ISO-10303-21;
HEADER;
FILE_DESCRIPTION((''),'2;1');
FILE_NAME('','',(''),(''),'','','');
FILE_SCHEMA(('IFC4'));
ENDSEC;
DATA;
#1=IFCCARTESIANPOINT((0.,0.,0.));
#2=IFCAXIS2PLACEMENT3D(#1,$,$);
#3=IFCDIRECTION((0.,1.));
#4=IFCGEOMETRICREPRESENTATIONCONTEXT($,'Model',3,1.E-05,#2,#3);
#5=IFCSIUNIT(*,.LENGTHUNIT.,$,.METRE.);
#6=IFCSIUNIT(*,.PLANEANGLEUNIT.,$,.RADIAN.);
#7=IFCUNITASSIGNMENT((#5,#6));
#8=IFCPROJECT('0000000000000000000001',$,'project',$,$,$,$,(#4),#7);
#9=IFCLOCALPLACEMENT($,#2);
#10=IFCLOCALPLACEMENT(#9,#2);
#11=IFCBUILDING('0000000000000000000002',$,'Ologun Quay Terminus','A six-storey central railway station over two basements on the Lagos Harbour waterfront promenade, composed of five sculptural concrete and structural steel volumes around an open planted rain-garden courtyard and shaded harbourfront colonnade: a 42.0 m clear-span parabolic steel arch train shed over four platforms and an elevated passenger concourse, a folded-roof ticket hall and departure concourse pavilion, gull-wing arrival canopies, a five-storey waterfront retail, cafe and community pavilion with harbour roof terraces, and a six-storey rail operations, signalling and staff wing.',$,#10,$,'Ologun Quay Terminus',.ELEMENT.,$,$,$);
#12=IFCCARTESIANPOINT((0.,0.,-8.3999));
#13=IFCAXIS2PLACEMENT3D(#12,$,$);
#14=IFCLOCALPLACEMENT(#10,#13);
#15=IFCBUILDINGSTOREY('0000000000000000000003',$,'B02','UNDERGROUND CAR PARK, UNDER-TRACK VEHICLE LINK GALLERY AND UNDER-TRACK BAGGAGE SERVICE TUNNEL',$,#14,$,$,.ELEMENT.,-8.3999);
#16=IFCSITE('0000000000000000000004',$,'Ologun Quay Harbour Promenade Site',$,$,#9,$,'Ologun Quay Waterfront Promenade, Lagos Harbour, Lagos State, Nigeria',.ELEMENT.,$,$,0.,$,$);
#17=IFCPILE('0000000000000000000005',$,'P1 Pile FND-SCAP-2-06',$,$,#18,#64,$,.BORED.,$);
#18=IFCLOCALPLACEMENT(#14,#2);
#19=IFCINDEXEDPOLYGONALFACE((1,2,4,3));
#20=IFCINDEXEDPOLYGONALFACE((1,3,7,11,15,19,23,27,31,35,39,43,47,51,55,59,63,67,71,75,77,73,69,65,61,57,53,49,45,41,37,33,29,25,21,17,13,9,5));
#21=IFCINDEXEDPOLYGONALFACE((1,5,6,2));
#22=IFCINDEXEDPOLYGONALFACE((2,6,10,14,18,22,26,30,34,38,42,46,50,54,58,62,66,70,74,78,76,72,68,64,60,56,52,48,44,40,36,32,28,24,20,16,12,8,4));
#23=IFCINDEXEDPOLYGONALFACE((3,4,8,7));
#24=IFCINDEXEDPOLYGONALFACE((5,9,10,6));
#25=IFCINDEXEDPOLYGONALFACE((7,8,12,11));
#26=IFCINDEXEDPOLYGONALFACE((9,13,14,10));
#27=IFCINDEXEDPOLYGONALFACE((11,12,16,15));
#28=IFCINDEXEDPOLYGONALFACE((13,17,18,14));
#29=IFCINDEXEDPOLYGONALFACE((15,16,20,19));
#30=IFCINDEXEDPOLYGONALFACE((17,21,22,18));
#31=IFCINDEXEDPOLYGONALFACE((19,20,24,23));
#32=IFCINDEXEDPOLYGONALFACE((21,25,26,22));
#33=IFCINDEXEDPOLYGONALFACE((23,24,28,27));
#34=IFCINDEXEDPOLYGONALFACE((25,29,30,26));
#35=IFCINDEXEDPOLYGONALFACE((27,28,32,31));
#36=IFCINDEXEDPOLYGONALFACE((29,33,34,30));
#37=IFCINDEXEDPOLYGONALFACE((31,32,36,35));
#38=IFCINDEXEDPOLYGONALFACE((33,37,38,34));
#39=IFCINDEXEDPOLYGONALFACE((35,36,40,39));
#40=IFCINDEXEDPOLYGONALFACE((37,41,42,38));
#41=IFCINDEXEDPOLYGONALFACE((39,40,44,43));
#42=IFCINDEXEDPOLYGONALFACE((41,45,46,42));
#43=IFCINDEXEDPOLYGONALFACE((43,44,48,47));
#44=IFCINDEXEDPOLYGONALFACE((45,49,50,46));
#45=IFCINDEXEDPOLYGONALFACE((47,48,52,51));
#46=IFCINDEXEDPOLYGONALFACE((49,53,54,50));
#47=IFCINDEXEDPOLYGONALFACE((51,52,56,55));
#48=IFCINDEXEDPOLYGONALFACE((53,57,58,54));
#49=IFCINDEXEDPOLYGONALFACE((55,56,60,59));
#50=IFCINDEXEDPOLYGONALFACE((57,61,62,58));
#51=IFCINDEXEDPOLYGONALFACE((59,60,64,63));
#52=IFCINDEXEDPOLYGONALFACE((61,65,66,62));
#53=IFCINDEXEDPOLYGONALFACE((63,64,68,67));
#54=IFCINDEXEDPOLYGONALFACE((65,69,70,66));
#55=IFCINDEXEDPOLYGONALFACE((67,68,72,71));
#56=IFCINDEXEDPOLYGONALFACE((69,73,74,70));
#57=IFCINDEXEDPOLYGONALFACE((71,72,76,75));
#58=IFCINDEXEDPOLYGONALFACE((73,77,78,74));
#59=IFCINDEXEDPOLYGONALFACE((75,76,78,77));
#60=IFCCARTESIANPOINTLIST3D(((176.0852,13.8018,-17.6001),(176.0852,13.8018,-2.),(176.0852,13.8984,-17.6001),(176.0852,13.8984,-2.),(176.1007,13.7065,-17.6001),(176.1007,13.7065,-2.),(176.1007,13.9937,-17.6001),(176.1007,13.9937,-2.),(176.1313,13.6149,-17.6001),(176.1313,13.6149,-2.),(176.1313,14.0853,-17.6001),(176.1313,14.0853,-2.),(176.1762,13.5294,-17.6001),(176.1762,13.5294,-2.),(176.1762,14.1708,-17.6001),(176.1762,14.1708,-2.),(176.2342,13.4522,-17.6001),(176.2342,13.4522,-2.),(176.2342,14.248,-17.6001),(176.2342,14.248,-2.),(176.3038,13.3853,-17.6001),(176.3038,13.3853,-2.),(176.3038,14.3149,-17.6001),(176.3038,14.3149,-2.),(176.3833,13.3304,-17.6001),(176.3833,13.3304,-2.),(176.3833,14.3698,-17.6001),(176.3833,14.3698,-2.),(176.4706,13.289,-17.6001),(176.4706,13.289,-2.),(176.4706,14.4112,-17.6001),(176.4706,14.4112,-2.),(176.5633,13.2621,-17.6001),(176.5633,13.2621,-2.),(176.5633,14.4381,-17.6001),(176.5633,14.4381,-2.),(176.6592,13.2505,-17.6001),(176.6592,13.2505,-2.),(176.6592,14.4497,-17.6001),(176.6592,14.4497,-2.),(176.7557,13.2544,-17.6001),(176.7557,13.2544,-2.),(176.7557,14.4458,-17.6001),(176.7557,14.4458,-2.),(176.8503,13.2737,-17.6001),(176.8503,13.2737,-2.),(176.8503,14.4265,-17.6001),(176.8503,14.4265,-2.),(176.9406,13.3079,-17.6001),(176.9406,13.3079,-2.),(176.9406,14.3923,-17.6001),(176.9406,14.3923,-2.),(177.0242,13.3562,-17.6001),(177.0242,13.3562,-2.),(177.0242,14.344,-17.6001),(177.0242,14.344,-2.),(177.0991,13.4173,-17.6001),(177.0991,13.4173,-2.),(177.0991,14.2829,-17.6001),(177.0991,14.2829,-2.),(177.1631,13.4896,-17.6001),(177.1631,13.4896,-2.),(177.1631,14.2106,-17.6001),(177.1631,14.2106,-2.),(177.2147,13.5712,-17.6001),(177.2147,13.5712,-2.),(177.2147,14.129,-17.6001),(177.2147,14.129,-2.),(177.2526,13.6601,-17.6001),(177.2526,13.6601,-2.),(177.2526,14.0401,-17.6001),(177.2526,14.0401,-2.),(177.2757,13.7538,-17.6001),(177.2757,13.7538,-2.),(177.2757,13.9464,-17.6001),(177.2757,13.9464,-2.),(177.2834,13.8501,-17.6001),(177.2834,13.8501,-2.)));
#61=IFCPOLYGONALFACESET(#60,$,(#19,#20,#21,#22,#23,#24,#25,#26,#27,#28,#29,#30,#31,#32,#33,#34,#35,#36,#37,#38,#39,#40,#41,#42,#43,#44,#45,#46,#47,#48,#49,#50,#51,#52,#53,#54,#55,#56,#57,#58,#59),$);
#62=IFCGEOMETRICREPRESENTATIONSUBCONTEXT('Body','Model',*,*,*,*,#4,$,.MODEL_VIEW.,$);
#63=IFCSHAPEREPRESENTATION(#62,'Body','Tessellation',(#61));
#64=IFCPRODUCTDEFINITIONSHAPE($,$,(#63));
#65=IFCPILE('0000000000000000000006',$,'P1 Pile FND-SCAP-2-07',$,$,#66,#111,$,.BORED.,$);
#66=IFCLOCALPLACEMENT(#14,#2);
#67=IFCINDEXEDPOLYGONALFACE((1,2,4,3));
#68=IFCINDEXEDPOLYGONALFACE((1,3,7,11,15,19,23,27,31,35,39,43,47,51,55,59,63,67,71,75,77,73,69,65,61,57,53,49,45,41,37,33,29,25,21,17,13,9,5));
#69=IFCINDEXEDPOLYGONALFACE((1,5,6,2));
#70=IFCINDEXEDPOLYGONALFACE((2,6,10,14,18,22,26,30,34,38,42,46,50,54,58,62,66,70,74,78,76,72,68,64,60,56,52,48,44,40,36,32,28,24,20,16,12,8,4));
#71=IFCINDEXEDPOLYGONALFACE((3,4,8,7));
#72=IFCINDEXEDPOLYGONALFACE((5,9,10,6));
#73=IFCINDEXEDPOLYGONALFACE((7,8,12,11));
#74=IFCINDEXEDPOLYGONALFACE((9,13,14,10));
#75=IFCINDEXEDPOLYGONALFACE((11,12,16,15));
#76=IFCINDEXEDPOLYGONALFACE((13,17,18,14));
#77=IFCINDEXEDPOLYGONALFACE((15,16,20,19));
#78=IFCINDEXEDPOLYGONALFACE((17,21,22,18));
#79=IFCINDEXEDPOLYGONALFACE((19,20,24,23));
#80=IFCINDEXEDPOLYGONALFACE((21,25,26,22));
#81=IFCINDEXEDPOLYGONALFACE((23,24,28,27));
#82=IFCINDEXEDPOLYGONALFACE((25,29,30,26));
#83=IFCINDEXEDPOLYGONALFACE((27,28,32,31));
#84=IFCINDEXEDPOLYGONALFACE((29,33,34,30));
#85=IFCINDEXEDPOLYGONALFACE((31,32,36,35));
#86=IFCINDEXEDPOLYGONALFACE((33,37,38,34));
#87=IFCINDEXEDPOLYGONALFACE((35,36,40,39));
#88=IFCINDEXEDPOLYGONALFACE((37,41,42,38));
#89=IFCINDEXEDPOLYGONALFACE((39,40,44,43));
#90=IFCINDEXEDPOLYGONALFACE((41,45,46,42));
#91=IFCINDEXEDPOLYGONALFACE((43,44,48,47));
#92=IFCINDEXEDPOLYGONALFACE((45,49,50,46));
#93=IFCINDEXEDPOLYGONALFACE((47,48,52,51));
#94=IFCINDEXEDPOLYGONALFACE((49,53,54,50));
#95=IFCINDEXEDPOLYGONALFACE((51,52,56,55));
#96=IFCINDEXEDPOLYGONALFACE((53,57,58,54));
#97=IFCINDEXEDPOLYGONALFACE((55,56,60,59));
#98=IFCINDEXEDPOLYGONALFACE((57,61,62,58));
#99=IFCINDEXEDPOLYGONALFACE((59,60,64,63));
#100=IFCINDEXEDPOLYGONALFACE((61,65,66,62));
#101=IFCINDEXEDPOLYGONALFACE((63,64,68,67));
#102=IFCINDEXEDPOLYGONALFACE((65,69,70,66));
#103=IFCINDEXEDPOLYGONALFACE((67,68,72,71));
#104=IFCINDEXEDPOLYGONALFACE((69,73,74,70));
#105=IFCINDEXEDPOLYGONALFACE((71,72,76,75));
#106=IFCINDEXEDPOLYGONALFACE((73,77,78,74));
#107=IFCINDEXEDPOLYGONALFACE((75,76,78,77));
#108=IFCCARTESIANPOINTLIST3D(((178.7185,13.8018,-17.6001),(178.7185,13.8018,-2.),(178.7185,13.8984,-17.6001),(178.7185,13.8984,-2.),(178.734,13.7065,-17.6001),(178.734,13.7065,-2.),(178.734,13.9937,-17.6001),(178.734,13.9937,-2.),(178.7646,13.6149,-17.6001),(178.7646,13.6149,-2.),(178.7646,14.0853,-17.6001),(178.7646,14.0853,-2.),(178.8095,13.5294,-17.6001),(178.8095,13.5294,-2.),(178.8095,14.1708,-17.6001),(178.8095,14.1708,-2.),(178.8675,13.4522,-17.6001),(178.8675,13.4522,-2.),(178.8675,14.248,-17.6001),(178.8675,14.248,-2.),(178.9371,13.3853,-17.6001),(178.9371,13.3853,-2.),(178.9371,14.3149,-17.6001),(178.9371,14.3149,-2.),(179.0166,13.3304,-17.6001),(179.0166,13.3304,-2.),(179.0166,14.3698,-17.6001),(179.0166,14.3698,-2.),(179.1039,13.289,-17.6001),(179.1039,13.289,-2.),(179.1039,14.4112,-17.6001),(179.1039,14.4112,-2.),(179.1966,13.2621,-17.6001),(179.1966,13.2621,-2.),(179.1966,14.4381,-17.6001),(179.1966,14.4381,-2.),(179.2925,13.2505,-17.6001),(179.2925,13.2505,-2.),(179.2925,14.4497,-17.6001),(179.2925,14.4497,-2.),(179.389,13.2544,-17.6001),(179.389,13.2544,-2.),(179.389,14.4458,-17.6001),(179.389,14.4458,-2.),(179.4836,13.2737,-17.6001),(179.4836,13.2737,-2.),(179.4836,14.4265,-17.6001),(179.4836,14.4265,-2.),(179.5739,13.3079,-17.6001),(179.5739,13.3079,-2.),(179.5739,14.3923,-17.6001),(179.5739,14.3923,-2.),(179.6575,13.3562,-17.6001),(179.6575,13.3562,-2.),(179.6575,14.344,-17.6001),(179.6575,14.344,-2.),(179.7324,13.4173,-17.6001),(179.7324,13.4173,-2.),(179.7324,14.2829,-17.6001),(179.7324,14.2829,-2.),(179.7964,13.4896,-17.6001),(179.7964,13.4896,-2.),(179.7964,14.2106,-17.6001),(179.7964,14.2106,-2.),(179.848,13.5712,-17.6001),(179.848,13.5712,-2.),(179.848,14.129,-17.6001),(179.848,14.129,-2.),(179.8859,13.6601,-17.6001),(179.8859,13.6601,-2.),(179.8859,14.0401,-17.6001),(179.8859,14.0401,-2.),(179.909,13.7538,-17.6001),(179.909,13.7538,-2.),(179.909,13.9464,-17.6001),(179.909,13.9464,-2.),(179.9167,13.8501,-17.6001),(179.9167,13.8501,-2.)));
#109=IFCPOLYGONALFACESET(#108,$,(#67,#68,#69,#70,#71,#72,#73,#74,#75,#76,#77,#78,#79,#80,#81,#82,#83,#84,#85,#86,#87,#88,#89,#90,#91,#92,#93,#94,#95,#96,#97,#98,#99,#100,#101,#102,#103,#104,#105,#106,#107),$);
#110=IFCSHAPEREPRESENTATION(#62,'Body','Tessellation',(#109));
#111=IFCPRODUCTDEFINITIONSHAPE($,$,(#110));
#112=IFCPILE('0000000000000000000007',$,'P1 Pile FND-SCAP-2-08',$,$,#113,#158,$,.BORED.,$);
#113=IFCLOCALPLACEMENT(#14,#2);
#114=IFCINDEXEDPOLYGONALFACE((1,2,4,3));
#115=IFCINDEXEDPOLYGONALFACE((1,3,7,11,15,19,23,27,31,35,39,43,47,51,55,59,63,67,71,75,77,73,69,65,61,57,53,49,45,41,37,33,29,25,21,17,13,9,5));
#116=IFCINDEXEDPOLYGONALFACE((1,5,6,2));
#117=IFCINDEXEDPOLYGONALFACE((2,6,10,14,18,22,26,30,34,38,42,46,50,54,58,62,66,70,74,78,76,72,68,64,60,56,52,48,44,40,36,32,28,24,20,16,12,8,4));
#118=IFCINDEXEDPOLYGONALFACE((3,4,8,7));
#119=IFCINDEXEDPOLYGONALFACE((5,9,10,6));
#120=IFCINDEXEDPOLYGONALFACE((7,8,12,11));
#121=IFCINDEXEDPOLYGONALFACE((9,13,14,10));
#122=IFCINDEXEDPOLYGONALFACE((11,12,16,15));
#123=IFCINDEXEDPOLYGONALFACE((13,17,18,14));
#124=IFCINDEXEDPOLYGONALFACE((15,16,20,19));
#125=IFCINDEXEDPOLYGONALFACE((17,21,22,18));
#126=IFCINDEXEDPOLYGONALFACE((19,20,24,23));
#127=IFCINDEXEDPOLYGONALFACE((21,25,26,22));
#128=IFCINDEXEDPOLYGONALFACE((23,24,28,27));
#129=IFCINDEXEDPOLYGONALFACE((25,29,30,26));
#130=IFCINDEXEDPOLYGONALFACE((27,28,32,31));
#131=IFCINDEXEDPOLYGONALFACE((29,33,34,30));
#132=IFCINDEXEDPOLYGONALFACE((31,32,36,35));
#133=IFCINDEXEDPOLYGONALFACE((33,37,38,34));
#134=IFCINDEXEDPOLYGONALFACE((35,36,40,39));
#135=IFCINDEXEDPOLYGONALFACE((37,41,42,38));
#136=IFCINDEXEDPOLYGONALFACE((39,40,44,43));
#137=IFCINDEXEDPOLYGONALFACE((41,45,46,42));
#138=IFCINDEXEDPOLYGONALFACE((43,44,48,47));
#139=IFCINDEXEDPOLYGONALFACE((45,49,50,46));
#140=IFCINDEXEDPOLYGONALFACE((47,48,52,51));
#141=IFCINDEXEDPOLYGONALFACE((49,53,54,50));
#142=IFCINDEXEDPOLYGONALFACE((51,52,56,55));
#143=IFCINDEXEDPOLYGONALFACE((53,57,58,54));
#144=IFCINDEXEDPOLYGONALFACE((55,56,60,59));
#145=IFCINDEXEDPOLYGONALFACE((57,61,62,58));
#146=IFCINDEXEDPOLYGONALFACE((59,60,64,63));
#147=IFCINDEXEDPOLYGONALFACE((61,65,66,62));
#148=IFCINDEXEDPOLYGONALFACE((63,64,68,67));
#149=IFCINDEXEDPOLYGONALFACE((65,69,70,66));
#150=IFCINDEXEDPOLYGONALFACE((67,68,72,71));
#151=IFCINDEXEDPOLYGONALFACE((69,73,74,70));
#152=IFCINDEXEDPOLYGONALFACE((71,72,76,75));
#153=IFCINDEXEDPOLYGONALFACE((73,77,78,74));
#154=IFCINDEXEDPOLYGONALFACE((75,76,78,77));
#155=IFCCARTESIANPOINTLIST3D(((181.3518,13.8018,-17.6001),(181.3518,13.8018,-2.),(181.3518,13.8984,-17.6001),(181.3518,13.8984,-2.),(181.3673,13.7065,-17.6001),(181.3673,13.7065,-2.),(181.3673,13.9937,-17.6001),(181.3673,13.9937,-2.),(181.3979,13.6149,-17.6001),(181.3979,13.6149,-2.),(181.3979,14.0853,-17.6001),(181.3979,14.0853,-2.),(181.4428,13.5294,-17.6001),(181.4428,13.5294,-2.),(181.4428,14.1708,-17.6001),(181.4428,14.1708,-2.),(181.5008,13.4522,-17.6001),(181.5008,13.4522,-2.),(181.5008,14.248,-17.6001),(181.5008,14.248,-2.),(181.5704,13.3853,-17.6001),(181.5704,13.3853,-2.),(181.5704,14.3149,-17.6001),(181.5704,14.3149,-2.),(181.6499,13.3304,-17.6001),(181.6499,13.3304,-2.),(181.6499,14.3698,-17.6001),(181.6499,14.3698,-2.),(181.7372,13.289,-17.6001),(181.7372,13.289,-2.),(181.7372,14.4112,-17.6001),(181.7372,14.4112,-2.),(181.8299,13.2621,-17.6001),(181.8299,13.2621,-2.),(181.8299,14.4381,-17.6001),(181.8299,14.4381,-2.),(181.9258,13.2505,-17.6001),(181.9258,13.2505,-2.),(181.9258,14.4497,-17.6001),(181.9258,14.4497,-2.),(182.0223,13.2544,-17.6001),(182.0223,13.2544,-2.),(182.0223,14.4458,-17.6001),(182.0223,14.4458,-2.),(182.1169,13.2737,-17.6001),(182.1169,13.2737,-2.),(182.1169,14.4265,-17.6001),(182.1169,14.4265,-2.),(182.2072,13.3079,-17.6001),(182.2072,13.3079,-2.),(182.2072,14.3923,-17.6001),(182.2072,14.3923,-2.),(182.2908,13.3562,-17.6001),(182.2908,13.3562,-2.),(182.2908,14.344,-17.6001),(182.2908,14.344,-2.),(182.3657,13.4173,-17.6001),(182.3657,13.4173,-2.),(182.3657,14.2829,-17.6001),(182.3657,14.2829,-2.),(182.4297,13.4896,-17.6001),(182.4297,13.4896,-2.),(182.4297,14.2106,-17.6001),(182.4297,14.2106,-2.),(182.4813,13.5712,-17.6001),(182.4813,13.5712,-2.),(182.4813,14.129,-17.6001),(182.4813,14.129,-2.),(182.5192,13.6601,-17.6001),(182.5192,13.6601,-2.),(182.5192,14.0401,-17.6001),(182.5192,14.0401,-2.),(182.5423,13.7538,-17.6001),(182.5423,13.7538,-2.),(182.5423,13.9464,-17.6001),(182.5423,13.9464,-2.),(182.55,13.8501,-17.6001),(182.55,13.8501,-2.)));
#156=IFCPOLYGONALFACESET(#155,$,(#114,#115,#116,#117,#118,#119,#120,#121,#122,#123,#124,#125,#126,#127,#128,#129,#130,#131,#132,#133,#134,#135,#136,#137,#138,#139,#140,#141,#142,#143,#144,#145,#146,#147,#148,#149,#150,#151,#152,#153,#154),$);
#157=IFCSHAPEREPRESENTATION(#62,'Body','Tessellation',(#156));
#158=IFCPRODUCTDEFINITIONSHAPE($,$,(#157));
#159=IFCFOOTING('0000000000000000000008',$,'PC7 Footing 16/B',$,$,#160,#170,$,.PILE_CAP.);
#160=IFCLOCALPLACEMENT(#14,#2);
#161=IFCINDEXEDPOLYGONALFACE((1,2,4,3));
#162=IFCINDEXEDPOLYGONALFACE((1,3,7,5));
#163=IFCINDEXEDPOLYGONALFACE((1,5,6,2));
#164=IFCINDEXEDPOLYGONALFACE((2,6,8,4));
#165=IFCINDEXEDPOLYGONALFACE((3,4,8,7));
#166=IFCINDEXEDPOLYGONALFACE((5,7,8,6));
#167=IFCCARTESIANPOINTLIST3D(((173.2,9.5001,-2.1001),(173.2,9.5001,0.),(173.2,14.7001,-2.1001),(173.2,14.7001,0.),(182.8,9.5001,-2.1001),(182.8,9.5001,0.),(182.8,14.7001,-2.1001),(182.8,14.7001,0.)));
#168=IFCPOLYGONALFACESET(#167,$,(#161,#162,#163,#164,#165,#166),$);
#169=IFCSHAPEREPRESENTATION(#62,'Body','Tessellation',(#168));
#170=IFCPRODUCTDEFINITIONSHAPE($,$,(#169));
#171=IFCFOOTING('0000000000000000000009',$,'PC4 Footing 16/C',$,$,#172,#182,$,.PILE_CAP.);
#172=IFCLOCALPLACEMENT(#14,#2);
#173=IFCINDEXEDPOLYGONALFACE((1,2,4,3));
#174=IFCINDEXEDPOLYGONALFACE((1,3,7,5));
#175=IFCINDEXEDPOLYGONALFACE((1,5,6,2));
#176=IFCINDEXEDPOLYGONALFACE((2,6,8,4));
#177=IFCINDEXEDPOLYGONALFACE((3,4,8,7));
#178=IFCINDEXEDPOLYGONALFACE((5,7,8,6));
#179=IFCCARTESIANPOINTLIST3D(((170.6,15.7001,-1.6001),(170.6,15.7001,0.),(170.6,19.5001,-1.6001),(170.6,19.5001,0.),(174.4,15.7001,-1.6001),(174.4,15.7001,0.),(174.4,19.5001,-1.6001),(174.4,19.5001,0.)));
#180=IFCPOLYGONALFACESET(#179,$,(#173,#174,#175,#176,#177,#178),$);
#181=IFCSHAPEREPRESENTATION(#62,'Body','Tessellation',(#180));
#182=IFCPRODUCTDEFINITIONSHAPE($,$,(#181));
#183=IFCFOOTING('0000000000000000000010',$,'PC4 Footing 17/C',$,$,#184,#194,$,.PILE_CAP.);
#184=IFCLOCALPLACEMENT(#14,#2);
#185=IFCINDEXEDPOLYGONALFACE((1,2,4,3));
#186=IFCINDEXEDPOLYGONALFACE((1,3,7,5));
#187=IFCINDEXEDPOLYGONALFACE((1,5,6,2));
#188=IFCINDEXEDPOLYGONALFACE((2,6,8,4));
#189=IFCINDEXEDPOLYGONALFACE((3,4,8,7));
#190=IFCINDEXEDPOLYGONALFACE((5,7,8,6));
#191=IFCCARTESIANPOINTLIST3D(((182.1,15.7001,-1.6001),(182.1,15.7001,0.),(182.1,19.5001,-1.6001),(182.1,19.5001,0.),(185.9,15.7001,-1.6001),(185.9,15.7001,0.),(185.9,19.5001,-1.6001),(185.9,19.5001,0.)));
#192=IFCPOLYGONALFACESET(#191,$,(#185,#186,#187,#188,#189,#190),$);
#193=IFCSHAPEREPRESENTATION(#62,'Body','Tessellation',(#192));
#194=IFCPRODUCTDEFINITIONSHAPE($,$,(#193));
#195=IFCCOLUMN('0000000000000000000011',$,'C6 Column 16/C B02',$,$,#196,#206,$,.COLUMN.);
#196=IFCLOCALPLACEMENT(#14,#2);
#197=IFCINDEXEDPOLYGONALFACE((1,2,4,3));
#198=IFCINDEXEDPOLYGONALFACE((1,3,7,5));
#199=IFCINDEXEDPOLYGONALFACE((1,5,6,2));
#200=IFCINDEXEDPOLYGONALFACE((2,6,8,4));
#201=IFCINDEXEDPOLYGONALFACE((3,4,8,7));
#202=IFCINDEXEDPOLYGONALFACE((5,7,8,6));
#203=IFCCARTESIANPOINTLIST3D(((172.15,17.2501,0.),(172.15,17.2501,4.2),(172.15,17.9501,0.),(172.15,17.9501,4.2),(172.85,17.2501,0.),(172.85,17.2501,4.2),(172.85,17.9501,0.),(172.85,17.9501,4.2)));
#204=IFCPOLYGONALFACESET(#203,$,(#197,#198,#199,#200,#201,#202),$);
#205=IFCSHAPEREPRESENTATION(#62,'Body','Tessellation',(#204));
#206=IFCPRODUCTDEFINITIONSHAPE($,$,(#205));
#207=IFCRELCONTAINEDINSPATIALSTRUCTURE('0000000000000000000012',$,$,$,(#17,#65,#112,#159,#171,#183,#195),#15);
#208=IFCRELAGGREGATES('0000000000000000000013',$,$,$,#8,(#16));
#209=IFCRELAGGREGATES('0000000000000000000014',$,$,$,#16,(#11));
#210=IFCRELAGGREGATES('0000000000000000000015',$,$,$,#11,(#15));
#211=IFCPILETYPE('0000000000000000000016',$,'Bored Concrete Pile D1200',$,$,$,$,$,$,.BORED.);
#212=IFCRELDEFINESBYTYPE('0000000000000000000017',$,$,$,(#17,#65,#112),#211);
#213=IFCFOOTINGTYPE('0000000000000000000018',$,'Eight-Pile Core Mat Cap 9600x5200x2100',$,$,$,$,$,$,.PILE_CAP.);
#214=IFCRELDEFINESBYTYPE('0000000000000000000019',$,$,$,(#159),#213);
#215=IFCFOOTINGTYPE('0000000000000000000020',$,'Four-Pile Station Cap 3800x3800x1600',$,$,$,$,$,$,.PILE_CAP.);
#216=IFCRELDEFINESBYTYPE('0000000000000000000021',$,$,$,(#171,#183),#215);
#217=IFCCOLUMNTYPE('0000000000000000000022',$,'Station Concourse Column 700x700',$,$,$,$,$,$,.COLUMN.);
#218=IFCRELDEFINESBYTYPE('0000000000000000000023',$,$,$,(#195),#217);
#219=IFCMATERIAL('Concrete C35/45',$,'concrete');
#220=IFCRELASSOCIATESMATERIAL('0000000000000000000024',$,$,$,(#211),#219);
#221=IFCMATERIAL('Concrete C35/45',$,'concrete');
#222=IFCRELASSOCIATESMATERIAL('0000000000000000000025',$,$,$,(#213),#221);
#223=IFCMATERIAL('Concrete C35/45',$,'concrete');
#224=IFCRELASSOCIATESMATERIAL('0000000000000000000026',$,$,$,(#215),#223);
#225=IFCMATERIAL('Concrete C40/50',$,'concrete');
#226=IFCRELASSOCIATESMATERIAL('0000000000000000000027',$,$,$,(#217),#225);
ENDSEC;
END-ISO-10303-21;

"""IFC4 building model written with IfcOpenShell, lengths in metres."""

from ifc_helpers import new_model, si_unit, direction, frame, origin, origin_2d, place, context, subcontext, project, spatial, rectangle, circle, extrude, material, material_profile, profile_set, type_object, element, save


model = new_model("IFC4")

# Units and contexts
model_context = context("Model", 3, precision=1e-05, world=origin(), true_north=direction((0.0, 1.0)))
body_context = subcontext(model_context, "Body", "Model", "MODEL_VIEW")
ifc_project = project(units=[si_unit("LENGTHUNIT", "METRE"), si_unit("PLANEANGLEUNIT", "RADIAN")], contexts=[model_context])

# Site, building, storey
site_placement = place(None, origin())
site = spatial("IfcSite", under=ifc_project, at=site_placement, Name="Ologun Quay Harbour Promenade Site", LongName="Ologun Quay Waterfront Promenade, Lagos Harbour, Lagos State, Nigeria", CompositionType="ELEMENT", RefElevation=0.0)
building_placement = place(site_placement, origin())
building = spatial("IfcBuilding", under=site, at=building_placement, Name="Ologun Quay Terminus", Description="A six-storey central railway station over two basements on the Lagos Harbour waterfront promenade, composed of five sculptural concrete and structural steel volumes around an open planted rain-garden courtyard and shaded harbourfront colonnade: a 42.0 m clear-span parabolic steel arch train shed over four platforms and an elevated passenger concourse, a folded-roof ticket hall and departure concourse pavilion, gull-wing arrival canopies, a five-storey waterfront retail, cafe and community pavilion with harbour roof terraces, and a six-storey rail operations, signalling and staff wing.", LongName="Ologun Quay Terminus", CompositionType="ELEMENT")
storey_placement = place(building_placement, frame((0.0, 0.0, -8.3999)))
storey = spatial("IfcBuildingStorey", under=building, at=storey_placement, Name="B02", Description="UNDERGROUND CAR PARK, UNDER-TRACK VEHICLE LINK GALLERY AND UNDER-TRACK BAGGAGE SERVICE TUNNEL", CompositionType="ELEMENT", Elevation=-8.3999)

# Piles
ifc_material_1 = material(Name="Concrete C35/45", Category="concrete")
ifc_material_profile_1 = material_profile(ifc_material_1, circle(Radius=0.6001, at=origin_2d()), Name="PILE D1200")
ifc_profile_set_1 = profile_set([ifc_material_profile_1], Name="Concrete C35/45")
pile_type_1 = type_object("IfcPileType", Name="Bored Concrete Pile D1200", PredefinedType="BORED", material=ifc_profile_set_1)
for number, where, z_axis, x_axis, name in (
    (1, (176.6833, 13.8501, -2.0), (0.0, 0.0, -1.0), (1.0, 0.0, 0.0), "P1 Pile FND-SCAP-2-06"),
    (2, (179.3167, 13.8501, -2.0), (0.0, 0.0, -1.0), (1.0, 0.0, 0.0), "P1 Pile FND-SCAP-2-07"),
    (3, (181.95, 13.8501, -2.0), (0.0, 0.0, -1.0), (1.0, 0.0, 0.0), "P1 Pile FND-SCAP-2-08"),
):
    element("IfcPile", number, at=place(storey_placement, frame(where, z_axis=z_axis, x_axis=x_axis)), inside=storey, type_object=pile_type_1, Name=name, PredefinedType="BORED", context=body_context, shape_type="SweptSolid", body=[
        extrude(circle(Radius=0.6001, at=origin_2d()), origin(), (0.0, 0.0, 1.0), 15.6001),
    ])

# Footings
ifc_material_2 = material(Name="Concrete C35/45", Category="concrete")
footing_type_1 = type_object("IfcFootingType", Name="Eight-Pile Core Mat Cap 9600x5200x2100", PredefinedType="PILE_CAP", material=ifc_material_2)
footing_placement = place(storey_placement, frame((178.0, 12.1001, -2.1001), z_axis=(0.0, 0.0, 1.0), x_axis=(1.0, 0.0, 0.0)))
element("IfcFooting", 4, at=footing_placement, inside=storey, type_object=footing_type_1, Name="PC7 Footing 16/B", PredefinedType="PILE_CAP", context=body_context, shape_type="SweptSolid", body=[
    extrude(rectangle(XDim=9.6001, YDim=5.2, at=origin_2d()), origin(), (0.0, 0.0, 1.0), 2.1001),
])
ifc_material_3 = material(Name="Concrete C35/45", Category="concrete")
footing_type_2 = type_object("IfcFootingType", Name="Four-Pile Station Cap 3800x3800x1600", PredefinedType="PILE_CAP", material=ifc_material_3)
for number, where, z_axis, x_axis, name in (
    (5, (172.5, 17.6001, -1.6001), (0.0, 0.0, 1.0), (1.0, 0.0, 0.0), "PC4 Footing 16/C"),
    (6, (184.0, 17.6001, -1.6001), (0.0, 0.0, 1.0), (1.0, 0.0, 0.0), "PC4 Footing 17/C"),
):
    element("IfcFooting", number, at=place(storey_placement, frame(where, z_axis=z_axis, x_axis=x_axis)), inside=storey, type_object=footing_type_2, Name=name, PredefinedType="PILE_CAP", context=body_context, shape_type="SweptSolid", body=[
        extrude(rectangle(XDim=3.8, YDim=3.8, at=origin_2d()), origin(), (0.0, 0.0, 1.0), 1.6001),
    ])

# Column
ifc_material_4 = material(Name="Concrete C40/50", Category="concrete")
ifc_material_profile_2 = material_profile(ifc_material_4, rectangle(XDim=0.7, YDim=0.7, at=origin_2d()), Name="RC 700x700")
ifc_profile_set_2 = profile_set([ifc_material_profile_2], Name="Concrete C40/50")
column_type = type_object("IfcColumnType", Name="Station Concourse Column 700x700", PredefinedType="COLUMN", material=ifc_profile_set_2)
for number, where, z_axis, x_axis, name in (
    (7, (172.5, 17.6001, 0.0), (0.0, 0.0, 1.0), (1.0, 0.0, 0.0), "C6 Column 16/C B02"),
):
    element("IfcColumn", number, at=place(storey_placement, frame(where, z_axis=z_axis, x_axis=x_axis)), inside=storey, type_object=column_type, Name=name, PredefinedType="COLUMN", context=body_context, shape_type="SweptSolid", body=[
        extrude(rectangle(XDim=0.7, YDim=0.7, at=origin_2d()), origin(), (0.0, 0.0, 1.0), 4.2),
    ])

save(model, "model.ifc")
